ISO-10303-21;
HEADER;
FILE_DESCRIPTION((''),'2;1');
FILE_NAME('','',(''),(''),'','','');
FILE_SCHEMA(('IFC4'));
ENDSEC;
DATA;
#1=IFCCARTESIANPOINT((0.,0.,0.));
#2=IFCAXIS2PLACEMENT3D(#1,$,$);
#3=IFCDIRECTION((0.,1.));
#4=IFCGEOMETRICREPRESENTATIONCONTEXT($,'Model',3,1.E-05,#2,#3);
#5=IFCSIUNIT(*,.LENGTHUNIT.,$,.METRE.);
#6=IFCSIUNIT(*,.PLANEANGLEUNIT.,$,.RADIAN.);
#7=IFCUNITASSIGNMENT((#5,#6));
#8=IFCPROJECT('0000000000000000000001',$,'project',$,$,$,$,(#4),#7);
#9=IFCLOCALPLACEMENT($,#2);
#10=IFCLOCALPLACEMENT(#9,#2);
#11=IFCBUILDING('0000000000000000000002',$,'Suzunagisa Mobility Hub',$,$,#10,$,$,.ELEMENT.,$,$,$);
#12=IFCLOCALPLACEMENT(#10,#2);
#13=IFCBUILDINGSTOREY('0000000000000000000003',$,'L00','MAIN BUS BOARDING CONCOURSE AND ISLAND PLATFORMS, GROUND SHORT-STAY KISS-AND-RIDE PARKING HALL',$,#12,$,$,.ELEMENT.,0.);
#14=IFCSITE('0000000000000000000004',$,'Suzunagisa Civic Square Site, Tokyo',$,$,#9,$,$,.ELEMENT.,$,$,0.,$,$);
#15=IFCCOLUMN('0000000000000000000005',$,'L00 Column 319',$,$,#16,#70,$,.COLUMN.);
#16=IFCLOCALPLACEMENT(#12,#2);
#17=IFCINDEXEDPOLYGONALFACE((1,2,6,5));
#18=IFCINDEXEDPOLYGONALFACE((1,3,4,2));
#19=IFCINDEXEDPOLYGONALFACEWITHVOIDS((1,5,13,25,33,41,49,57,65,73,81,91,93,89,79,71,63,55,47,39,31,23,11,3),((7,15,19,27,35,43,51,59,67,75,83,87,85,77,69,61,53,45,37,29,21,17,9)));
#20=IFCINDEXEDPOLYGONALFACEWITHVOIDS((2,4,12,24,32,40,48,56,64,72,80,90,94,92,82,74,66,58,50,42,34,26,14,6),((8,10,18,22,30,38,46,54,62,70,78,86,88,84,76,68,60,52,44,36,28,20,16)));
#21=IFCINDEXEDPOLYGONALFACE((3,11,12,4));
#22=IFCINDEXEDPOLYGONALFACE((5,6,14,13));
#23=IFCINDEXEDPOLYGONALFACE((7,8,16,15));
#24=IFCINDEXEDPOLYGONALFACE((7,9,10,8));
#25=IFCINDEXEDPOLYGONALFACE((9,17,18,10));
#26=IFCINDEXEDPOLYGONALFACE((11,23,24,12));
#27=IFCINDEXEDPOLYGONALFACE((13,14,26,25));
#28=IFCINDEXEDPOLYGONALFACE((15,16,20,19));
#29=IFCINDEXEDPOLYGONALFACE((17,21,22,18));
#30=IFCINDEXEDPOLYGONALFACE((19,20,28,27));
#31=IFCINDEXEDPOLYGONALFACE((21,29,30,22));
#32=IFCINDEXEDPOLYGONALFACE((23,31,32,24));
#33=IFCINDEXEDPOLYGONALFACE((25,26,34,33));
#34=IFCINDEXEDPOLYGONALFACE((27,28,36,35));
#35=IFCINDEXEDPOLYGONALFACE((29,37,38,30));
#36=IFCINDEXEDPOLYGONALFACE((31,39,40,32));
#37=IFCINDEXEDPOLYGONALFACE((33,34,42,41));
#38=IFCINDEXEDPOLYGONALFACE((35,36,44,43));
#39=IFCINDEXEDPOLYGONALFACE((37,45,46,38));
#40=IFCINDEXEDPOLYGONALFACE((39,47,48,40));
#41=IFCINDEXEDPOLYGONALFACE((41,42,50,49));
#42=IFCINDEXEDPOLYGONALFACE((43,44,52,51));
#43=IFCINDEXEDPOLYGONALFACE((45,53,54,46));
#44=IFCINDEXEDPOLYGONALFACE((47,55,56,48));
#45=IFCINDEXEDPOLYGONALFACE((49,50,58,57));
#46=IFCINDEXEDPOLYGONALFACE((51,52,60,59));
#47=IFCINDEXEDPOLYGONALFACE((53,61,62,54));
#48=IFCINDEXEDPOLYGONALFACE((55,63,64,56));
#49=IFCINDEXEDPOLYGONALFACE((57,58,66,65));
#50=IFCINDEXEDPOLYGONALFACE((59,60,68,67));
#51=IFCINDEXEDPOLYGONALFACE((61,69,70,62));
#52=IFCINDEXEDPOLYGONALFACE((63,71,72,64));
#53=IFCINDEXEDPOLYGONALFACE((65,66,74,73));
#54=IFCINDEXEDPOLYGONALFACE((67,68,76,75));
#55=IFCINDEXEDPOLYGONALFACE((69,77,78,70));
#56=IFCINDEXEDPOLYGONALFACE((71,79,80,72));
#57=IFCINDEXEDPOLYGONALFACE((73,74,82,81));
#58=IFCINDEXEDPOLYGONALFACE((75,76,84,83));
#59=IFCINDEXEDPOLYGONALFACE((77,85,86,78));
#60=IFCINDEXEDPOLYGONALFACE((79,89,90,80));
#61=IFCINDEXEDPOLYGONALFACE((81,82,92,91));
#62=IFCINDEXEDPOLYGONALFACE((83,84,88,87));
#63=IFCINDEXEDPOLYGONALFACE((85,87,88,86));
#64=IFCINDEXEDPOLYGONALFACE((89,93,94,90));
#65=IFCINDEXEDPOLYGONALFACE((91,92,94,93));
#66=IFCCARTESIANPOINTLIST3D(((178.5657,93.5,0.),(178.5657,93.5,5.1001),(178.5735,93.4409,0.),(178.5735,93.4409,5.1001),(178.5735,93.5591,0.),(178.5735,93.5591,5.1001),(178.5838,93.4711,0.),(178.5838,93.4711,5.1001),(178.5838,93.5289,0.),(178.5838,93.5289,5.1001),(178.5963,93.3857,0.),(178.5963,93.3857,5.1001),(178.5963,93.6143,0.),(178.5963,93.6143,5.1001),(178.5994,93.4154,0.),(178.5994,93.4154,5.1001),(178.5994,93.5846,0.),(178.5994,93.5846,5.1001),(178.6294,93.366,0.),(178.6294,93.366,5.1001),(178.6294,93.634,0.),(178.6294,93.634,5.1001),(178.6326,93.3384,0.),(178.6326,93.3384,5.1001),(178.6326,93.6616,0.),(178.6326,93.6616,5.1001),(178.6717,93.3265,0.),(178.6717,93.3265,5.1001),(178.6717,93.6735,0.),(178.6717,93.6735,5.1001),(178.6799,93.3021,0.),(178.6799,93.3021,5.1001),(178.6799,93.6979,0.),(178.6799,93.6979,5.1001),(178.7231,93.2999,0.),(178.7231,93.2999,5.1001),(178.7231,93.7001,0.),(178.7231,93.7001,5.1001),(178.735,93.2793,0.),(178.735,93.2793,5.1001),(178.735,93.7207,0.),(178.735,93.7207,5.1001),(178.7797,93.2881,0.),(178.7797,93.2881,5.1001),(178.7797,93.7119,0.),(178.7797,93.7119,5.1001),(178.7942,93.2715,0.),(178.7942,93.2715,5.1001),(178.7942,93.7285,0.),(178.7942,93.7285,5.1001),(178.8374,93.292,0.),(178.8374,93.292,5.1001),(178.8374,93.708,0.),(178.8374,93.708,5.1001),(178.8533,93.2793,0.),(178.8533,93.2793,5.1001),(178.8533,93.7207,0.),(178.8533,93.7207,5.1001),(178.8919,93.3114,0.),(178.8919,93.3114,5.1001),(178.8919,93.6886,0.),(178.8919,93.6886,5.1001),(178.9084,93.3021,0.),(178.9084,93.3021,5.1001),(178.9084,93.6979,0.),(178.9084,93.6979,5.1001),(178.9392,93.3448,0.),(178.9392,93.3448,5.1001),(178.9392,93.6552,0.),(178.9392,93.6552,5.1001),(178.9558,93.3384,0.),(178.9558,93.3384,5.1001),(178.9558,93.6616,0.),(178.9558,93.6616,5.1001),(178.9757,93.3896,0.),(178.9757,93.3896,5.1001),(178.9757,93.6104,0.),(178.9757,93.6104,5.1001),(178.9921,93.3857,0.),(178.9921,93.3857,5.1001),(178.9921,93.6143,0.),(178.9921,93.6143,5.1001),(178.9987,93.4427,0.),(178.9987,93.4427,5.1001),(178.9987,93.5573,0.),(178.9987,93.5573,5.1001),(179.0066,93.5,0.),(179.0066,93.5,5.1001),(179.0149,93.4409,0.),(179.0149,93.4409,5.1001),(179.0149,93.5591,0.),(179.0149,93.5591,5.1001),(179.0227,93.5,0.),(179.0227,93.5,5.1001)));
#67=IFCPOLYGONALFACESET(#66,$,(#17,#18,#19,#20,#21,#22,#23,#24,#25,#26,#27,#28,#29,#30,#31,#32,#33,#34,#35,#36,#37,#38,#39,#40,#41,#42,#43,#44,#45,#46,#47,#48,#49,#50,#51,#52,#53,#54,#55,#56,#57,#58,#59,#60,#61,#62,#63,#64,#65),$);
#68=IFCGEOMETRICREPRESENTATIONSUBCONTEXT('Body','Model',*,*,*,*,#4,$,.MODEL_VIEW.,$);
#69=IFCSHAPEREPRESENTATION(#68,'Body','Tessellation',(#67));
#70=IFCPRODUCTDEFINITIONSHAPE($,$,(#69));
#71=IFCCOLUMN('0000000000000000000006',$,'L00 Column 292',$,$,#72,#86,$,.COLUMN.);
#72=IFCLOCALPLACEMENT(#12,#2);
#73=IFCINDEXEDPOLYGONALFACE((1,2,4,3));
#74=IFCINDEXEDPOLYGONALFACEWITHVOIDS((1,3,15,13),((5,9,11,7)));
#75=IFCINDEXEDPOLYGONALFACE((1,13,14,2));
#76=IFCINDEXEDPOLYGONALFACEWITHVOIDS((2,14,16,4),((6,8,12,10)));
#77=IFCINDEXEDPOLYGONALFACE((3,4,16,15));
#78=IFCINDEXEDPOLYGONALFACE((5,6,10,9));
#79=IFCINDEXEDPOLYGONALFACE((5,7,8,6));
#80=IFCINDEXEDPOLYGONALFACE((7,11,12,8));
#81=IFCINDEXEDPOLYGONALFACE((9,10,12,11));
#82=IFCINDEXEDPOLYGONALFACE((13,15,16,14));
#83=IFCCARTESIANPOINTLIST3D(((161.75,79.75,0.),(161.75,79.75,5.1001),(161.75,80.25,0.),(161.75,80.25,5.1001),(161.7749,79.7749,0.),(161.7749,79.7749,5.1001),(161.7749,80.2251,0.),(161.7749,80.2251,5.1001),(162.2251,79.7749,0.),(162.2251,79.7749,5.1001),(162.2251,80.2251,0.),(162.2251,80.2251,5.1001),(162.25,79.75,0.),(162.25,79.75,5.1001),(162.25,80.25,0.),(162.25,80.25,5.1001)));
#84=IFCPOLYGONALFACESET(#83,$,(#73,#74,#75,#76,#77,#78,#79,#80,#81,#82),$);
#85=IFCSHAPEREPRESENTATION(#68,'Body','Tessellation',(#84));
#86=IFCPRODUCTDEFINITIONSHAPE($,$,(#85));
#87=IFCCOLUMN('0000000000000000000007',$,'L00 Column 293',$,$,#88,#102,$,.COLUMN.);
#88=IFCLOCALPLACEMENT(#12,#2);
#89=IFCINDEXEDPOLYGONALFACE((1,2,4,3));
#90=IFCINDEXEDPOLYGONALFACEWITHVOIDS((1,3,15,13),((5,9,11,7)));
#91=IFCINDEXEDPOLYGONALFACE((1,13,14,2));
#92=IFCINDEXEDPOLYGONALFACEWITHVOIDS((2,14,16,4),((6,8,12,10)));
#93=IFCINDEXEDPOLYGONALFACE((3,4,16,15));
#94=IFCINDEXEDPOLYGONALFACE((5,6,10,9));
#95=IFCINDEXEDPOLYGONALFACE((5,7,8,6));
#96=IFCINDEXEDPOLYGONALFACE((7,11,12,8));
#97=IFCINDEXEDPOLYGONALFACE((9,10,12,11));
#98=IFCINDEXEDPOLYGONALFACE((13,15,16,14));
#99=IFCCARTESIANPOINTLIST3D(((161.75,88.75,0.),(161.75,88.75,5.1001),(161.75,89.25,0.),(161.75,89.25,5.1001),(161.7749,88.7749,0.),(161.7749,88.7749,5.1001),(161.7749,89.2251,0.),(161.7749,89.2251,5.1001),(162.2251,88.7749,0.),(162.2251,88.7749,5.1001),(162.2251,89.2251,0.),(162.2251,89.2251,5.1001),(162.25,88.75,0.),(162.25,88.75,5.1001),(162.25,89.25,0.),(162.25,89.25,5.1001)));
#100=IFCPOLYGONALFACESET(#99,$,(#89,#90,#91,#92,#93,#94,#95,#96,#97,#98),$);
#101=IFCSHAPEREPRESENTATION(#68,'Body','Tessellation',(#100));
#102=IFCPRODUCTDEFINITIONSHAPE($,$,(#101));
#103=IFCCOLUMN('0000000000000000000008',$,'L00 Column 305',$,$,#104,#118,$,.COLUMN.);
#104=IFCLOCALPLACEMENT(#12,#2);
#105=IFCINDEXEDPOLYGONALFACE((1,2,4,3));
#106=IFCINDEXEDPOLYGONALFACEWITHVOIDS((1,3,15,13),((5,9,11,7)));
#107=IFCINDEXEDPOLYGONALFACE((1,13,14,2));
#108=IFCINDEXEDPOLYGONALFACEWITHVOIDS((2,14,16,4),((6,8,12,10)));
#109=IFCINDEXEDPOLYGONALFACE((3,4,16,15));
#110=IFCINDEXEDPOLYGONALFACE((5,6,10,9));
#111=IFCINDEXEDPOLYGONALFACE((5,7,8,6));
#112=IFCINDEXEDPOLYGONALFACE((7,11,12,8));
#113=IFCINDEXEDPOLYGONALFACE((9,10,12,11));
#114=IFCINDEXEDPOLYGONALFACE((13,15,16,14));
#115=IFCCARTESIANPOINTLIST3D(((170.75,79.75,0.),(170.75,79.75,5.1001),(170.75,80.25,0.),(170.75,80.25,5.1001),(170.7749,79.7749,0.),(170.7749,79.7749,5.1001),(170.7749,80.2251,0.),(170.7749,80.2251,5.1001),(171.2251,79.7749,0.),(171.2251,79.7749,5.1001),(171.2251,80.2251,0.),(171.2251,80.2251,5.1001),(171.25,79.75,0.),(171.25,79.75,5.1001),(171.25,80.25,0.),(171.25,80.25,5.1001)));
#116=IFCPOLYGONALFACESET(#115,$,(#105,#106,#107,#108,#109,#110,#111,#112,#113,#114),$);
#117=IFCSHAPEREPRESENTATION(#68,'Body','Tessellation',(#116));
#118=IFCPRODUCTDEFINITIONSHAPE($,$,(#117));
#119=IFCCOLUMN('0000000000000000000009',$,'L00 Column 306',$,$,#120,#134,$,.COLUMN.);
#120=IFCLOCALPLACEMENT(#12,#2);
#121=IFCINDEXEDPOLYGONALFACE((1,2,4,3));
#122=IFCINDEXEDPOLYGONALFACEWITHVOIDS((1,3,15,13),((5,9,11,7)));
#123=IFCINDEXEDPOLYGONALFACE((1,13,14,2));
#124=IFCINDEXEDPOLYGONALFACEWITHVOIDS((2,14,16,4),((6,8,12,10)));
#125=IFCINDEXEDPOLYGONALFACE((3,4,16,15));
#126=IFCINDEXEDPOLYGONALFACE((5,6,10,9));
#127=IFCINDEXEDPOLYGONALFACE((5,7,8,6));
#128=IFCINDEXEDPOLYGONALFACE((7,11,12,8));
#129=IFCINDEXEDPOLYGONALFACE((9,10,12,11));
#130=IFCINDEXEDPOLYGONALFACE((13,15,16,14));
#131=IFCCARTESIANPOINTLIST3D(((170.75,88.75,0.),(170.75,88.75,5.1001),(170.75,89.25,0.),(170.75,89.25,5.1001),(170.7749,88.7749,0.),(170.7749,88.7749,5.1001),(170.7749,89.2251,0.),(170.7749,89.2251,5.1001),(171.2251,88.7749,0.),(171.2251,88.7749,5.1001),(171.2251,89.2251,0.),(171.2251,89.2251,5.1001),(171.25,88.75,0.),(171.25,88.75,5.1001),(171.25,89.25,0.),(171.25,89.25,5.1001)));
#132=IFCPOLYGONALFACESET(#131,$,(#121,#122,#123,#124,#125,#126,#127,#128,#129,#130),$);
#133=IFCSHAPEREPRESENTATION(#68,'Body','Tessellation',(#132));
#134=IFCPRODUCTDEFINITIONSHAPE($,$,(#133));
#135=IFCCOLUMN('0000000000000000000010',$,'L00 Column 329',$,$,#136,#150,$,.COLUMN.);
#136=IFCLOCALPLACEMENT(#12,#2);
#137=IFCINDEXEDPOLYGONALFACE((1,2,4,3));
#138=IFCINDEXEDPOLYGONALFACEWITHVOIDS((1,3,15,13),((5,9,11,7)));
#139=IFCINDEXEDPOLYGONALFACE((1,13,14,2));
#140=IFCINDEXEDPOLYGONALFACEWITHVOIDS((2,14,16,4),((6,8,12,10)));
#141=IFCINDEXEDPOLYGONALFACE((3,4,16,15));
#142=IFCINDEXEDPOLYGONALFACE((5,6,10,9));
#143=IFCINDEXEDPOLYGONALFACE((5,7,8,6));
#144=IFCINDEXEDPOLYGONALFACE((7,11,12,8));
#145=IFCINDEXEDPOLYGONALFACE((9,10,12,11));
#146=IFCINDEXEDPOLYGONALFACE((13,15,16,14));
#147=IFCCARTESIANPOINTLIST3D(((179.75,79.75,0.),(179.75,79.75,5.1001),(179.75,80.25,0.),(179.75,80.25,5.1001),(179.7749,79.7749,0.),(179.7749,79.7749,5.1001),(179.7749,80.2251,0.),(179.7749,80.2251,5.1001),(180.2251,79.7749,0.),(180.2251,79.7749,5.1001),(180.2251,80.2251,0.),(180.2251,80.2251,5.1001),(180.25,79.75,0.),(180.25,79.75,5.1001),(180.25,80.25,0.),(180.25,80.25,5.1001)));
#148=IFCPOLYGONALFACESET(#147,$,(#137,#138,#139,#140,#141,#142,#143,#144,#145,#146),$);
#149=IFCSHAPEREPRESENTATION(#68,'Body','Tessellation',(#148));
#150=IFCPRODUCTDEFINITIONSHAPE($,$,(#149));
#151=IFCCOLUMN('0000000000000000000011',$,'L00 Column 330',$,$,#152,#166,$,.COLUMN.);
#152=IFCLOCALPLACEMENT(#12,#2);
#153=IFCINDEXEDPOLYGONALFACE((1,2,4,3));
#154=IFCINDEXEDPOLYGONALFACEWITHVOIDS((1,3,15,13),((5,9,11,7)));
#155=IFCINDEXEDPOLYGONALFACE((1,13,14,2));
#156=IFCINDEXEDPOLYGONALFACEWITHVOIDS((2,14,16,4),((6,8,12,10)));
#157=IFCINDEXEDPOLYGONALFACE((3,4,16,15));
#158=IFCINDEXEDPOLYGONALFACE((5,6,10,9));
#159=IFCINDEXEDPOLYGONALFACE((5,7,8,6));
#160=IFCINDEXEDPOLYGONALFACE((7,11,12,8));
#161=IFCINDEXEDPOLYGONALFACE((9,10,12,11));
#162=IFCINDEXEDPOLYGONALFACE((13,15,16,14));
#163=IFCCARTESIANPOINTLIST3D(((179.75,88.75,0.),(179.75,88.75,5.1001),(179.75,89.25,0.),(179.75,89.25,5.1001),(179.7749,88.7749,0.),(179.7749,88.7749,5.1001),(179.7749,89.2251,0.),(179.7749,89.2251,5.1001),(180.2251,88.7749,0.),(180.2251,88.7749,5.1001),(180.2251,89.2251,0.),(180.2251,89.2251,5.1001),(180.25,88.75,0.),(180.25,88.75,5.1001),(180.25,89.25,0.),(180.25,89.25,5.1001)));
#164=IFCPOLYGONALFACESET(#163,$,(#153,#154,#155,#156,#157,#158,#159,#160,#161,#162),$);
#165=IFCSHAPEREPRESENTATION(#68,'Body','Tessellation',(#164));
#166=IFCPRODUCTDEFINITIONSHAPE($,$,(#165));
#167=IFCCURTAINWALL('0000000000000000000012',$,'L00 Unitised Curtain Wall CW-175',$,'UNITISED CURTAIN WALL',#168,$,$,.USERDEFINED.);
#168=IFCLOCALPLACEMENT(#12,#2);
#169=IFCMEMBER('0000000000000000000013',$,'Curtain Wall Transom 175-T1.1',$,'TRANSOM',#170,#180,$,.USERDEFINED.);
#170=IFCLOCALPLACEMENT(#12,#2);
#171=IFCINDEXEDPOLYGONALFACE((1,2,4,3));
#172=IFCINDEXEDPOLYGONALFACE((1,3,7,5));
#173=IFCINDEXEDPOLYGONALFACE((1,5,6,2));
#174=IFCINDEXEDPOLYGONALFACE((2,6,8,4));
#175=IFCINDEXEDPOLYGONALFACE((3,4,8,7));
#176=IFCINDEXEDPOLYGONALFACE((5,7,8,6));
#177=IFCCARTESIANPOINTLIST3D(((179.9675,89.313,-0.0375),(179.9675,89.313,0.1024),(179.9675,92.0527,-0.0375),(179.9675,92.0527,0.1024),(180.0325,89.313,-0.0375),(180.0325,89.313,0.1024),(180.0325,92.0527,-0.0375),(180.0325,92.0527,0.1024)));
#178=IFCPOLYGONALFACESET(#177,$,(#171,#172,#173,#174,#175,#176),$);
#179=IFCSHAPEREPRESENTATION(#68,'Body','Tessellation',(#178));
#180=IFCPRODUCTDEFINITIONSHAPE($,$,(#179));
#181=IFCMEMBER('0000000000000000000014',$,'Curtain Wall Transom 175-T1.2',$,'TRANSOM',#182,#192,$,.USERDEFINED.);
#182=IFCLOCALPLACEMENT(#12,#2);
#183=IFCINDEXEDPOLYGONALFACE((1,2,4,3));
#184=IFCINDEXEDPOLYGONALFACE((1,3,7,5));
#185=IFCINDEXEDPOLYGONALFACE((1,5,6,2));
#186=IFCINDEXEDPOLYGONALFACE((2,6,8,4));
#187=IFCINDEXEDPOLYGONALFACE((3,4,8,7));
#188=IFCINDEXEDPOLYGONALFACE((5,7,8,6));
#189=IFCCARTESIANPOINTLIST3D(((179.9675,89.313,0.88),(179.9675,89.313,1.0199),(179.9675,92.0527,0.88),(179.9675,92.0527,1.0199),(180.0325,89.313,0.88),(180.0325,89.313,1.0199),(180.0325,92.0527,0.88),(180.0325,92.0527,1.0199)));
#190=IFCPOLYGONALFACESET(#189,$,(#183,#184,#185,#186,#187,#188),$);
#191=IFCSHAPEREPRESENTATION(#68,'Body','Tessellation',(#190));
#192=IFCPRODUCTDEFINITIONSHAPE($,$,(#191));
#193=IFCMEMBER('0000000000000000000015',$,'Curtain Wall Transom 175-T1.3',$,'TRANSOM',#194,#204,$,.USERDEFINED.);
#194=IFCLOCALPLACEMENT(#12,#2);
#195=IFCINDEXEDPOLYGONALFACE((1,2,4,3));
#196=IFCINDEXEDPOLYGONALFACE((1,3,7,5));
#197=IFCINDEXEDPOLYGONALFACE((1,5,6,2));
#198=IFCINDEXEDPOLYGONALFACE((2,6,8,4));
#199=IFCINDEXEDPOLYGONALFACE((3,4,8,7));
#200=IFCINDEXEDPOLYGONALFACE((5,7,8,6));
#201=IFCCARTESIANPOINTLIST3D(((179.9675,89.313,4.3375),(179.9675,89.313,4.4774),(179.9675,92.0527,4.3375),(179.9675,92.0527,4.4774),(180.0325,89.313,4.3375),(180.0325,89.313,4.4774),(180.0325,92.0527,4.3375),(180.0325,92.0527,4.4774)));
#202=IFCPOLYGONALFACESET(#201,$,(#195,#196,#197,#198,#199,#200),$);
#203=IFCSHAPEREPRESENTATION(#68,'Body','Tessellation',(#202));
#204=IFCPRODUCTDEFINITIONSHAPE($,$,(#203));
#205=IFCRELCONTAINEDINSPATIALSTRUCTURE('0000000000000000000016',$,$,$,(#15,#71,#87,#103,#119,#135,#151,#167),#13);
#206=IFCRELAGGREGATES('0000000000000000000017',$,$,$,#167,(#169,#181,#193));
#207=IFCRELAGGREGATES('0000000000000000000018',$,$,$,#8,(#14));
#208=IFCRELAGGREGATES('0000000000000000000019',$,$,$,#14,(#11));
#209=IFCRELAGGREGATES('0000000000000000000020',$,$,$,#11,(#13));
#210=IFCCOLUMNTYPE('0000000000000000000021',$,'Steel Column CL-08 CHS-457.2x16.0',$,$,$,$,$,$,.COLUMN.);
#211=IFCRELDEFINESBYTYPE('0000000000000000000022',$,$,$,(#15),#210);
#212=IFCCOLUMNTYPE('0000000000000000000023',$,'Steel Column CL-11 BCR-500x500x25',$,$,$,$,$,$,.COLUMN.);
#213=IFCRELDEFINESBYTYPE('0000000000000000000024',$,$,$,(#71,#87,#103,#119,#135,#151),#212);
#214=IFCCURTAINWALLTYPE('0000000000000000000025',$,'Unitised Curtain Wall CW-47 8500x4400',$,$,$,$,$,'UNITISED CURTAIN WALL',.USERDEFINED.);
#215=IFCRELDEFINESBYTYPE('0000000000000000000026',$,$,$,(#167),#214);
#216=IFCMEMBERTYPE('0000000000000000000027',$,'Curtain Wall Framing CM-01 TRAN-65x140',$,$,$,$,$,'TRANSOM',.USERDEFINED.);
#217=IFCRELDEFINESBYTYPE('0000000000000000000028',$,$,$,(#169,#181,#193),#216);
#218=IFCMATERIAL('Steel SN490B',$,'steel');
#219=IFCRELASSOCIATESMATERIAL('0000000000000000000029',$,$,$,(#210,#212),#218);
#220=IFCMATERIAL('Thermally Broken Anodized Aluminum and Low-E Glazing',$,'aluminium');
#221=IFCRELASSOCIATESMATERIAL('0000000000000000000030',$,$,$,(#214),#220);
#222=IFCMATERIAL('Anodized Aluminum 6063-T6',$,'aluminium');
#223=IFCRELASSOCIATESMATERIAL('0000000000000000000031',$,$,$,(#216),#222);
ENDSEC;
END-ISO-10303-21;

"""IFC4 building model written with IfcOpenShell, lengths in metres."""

from ifc_helpers import new_model, si_unit, direction, frame, origin, origin_2d, place, context, subcontext, project, spatial, rectangle, hollow_rectangle, hollow_circle, extrude, material, material_profile, profile_set, type_object, element, aggregate, save


model = new_model("IFC4")

# Units and contexts
model_context = context("Model", 3, precision=1e-05, world=origin(), true_north=direction((0.0, 1.0)))
body_context = subcontext(model_context, "Body", "Model", "MODEL_VIEW")
ifc_project = project(units=[si_unit("LENGTHUNIT", "METRE"), si_unit("PLANEANGLEUNIT", "RADIAN")], contexts=[model_context])

# Site, building, storey
site_placement = place(None, origin())
site = spatial("IfcSite", under=ifc_project, at=site_placement, Name="Suzunagisa Civic Square Site, Tokyo", CompositionType="ELEMENT", RefElevation=0.0)
building_placement = place(site_placement, origin())
building = spatial("IfcBuilding", under=site, at=building_placement, Name="Suzunagisa Mobility Hub", CompositionType="ELEMENT")
storey_placement = place(building_placement, origin())
storey = spatial("IfcBuildingStorey", under=building, at=storey_placement, Name="L00", Description="MAIN BUS BOARDING CONCOURSE AND ISLAND PLATFORMS, GROUND SHORT-STAY KISS-AND-RIDE PARKING HALL", CompositionType="ELEMENT", Elevation=0.0)

# Columns
ifc_material_1 = material(Name="Steel SN490B", Category="steel")
ifc_material_profile_1 = material_profile(ifc_material_1, hollow_circle(Radius=0.2285, WallThickness=0.0161, at=origin_2d()), Name="CHS-457.2x16.0")
ifc_profile_set_1 = profile_set([ifc_material_profile_1], Name="Steel SN490B")
column_type_1 = type_object("IfcColumnType", Name="Steel Column CL-08 CHS-457.2x16.0", PredefinedType="COLUMN", material=ifc_profile_set_1)
column_placement = place(storey_placement, frame((178.7942, 93.5, 0.0), z_axis=(0.0, 0.0, 1.0), x_axis=(1.0, 0.0, 0.0)))
element("IfcColumn", 1, at=column_placement, inside=storey, type_object=column_type_1, Name="L00 Column 319", PredefinedType="COLUMN", context=body_context, shape_type="SweptSolid", body=[
    extrude(hollow_circle(Radius=0.2285, WallThickness=0.0161, at=origin_2d()), origin(), (0.0, 0.0, 1.0), 5.1001),
])
ifc_material_profile_2 = material_profile(ifc_material_1, hollow_rectangle(XDim=0.5, YDim=0.5, WallThickness=0.0249, at=origin_2d()), Name="BCR-500x500x25")
ifc_profile_set_2 = profile_set([ifc_material_profile_2], Name="Steel SN490B")
column_type_2 = type_object("IfcColumnType", Name="Steel Column CL-11 BCR-500x500x25", PredefinedType="COLUMN", material=ifc_profile_set_2)
for number, where, z_axis, x_axis, name in (
    (2, (162.0, 80.0, 0.0), (0.0, 0.0, 1.0), (1.0, 0.0, 0.0), "L00 Column 292"),
    (3, (162.0, 89.0, 0.0), (0.0, 0.0, 1.0), (1.0, 0.0, 0.0), "L00 Column 293"),
    (4, (171.0, 80.0, 0.0), (0.0, 0.0, 1.0), (1.0, 0.0, 0.0), "L00 Column 305"),
    (5, (171.0, 89.0, 0.0), (0.0, 0.0, 1.0), (1.0, 0.0, 0.0), "L00 Column 306"),
    (6, (180.0, 80.0, 0.0), (0.0, 0.0, 1.0), (1.0, 0.0, 0.0), "L00 Column 329"),
    (7, (180.0, 89.0, 0.0), (0.0, 0.0, 1.0), (1.0, 0.0, 0.0), "L00 Column 330"),
):
    element("IfcColumn", number, at=place(storey_placement, frame(where, z_axis=z_axis, x_axis=x_axis)), inside=storey, type_object=column_type_2, Name=name, PredefinedType="COLUMN", context=body_context, shape_type="SweptSolid", body=[
        extrude(hollow_rectangle(XDim=0.5, YDim=0.5, WallThickness=0.0249, at=origin_2d()), origin(), (0.0, 0.0, 1.0), 5.1001),
    ])

# Curtain wall, members
ifc_material_2 = material(Name="Thermally Broken Anodized Aluminum and Low-E Glazing", Category="aluminium")
curtain_wall_type = type_object("IfcCurtainWallType", Name="Unitised Curtain Wall CW-47 8500x4400", ElementType="UNITISED CURTAIN WALL", PredefinedType="USERDEFINED", material=ifc_material_2)
curtain_wall_placement = place(storey_placement, origin())
curtain_wall = element("IfcCurtainWall", 8, at=curtain_wall_placement, inside=storey, type_object=curtain_wall_type, Name="L00 Unitised Curtain Wall CW-175", ObjectType="UNITISED CURTAIN WALL", PredefinedType="USERDEFINED")
ifc_material_3 = material(Name="Anodized Aluminum 6063-T6", Category="aluminium")
ifc_material_profile_3 = material_profile(ifc_material_3, rectangle(XDim=0.0649, YDim=0.1399, at=origin_2d()), Name="TRAN-65x140")
ifc_profile_set_3 = profile_set([ifc_material_profile_3], Name="Anodized Aluminum 6063-T6")
member_type_1 = type_object("IfcMemberType", Name="Curtain Wall Framing CM-01 TRAN-65x140", ElementType="TRANSOM", PredefinedType="USERDEFINED", material=ifc_profile_set_3)
member_1_placement = place(storey_placement, frame((180.0, 89.313, 0.0325), z_axis=(0.0, 1.0, 0.0), x_axis=(-1.0, 0.0, 0.0)))
member_1 = element("IfcMember", 9, at=member_1_placement, type_object=member_type_1, Name="Curtain Wall Transom 175-T1.1", ObjectType="TRANSOM", PredefinedType="USERDEFINED", context=body_context, shape_type="SweptSolid", body=[
    extrude(rectangle(XDim=0.0649, YDim=0.1399, at=origin_2d()), origin(), (0.0, 0.0, 1.0), 2.7397),
])
member_2_placement = place(storey_placement, frame((180.0, 89.313, 0.95), z_axis=(0.0, 1.0, 0.0), x_axis=(-1.0, 0.0, 0.0)))
member_2 = element("IfcMember", 10, at=member_2_placement, type_object=member_type_1, Name="Curtain Wall Transom 175-T1.2", ObjectType="TRANSOM", PredefinedType="USERDEFINED", context=body_context, shape_type="SweptSolid", body=[
    extrude(rectangle(XDim=0.0649, YDim=0.1399, at=origin_2d()), origin(), (0.0, 0.0, 1.0), 2.7397),
])
member_3_placement = place(storey_placement, frame((180.0, 89.313, 4.4075), z_axis=(0.0, 1.0, 0.0), x_axis=(-1.0, 0.0, 0.0)))
member_3 = element("IfcMember", 11, at=member_3_placement, type_object=member_type_1, Name="Curtain Wall Transom 175-T1.3", ObjectType="TRANSOM", PredefinedType="USERDEFINED", context=body_context, shape_type="SweptSolid", body=[
    extrude(rectangle(XDim=0.0649, YDim=0.1399, at=origin_2d()), origin(), (0.0, 0.0, 1.0), 2.7397),
])

aggregate(curtain_wall, [member_1, member_2, member_3])

save(model, "model.ifc")
